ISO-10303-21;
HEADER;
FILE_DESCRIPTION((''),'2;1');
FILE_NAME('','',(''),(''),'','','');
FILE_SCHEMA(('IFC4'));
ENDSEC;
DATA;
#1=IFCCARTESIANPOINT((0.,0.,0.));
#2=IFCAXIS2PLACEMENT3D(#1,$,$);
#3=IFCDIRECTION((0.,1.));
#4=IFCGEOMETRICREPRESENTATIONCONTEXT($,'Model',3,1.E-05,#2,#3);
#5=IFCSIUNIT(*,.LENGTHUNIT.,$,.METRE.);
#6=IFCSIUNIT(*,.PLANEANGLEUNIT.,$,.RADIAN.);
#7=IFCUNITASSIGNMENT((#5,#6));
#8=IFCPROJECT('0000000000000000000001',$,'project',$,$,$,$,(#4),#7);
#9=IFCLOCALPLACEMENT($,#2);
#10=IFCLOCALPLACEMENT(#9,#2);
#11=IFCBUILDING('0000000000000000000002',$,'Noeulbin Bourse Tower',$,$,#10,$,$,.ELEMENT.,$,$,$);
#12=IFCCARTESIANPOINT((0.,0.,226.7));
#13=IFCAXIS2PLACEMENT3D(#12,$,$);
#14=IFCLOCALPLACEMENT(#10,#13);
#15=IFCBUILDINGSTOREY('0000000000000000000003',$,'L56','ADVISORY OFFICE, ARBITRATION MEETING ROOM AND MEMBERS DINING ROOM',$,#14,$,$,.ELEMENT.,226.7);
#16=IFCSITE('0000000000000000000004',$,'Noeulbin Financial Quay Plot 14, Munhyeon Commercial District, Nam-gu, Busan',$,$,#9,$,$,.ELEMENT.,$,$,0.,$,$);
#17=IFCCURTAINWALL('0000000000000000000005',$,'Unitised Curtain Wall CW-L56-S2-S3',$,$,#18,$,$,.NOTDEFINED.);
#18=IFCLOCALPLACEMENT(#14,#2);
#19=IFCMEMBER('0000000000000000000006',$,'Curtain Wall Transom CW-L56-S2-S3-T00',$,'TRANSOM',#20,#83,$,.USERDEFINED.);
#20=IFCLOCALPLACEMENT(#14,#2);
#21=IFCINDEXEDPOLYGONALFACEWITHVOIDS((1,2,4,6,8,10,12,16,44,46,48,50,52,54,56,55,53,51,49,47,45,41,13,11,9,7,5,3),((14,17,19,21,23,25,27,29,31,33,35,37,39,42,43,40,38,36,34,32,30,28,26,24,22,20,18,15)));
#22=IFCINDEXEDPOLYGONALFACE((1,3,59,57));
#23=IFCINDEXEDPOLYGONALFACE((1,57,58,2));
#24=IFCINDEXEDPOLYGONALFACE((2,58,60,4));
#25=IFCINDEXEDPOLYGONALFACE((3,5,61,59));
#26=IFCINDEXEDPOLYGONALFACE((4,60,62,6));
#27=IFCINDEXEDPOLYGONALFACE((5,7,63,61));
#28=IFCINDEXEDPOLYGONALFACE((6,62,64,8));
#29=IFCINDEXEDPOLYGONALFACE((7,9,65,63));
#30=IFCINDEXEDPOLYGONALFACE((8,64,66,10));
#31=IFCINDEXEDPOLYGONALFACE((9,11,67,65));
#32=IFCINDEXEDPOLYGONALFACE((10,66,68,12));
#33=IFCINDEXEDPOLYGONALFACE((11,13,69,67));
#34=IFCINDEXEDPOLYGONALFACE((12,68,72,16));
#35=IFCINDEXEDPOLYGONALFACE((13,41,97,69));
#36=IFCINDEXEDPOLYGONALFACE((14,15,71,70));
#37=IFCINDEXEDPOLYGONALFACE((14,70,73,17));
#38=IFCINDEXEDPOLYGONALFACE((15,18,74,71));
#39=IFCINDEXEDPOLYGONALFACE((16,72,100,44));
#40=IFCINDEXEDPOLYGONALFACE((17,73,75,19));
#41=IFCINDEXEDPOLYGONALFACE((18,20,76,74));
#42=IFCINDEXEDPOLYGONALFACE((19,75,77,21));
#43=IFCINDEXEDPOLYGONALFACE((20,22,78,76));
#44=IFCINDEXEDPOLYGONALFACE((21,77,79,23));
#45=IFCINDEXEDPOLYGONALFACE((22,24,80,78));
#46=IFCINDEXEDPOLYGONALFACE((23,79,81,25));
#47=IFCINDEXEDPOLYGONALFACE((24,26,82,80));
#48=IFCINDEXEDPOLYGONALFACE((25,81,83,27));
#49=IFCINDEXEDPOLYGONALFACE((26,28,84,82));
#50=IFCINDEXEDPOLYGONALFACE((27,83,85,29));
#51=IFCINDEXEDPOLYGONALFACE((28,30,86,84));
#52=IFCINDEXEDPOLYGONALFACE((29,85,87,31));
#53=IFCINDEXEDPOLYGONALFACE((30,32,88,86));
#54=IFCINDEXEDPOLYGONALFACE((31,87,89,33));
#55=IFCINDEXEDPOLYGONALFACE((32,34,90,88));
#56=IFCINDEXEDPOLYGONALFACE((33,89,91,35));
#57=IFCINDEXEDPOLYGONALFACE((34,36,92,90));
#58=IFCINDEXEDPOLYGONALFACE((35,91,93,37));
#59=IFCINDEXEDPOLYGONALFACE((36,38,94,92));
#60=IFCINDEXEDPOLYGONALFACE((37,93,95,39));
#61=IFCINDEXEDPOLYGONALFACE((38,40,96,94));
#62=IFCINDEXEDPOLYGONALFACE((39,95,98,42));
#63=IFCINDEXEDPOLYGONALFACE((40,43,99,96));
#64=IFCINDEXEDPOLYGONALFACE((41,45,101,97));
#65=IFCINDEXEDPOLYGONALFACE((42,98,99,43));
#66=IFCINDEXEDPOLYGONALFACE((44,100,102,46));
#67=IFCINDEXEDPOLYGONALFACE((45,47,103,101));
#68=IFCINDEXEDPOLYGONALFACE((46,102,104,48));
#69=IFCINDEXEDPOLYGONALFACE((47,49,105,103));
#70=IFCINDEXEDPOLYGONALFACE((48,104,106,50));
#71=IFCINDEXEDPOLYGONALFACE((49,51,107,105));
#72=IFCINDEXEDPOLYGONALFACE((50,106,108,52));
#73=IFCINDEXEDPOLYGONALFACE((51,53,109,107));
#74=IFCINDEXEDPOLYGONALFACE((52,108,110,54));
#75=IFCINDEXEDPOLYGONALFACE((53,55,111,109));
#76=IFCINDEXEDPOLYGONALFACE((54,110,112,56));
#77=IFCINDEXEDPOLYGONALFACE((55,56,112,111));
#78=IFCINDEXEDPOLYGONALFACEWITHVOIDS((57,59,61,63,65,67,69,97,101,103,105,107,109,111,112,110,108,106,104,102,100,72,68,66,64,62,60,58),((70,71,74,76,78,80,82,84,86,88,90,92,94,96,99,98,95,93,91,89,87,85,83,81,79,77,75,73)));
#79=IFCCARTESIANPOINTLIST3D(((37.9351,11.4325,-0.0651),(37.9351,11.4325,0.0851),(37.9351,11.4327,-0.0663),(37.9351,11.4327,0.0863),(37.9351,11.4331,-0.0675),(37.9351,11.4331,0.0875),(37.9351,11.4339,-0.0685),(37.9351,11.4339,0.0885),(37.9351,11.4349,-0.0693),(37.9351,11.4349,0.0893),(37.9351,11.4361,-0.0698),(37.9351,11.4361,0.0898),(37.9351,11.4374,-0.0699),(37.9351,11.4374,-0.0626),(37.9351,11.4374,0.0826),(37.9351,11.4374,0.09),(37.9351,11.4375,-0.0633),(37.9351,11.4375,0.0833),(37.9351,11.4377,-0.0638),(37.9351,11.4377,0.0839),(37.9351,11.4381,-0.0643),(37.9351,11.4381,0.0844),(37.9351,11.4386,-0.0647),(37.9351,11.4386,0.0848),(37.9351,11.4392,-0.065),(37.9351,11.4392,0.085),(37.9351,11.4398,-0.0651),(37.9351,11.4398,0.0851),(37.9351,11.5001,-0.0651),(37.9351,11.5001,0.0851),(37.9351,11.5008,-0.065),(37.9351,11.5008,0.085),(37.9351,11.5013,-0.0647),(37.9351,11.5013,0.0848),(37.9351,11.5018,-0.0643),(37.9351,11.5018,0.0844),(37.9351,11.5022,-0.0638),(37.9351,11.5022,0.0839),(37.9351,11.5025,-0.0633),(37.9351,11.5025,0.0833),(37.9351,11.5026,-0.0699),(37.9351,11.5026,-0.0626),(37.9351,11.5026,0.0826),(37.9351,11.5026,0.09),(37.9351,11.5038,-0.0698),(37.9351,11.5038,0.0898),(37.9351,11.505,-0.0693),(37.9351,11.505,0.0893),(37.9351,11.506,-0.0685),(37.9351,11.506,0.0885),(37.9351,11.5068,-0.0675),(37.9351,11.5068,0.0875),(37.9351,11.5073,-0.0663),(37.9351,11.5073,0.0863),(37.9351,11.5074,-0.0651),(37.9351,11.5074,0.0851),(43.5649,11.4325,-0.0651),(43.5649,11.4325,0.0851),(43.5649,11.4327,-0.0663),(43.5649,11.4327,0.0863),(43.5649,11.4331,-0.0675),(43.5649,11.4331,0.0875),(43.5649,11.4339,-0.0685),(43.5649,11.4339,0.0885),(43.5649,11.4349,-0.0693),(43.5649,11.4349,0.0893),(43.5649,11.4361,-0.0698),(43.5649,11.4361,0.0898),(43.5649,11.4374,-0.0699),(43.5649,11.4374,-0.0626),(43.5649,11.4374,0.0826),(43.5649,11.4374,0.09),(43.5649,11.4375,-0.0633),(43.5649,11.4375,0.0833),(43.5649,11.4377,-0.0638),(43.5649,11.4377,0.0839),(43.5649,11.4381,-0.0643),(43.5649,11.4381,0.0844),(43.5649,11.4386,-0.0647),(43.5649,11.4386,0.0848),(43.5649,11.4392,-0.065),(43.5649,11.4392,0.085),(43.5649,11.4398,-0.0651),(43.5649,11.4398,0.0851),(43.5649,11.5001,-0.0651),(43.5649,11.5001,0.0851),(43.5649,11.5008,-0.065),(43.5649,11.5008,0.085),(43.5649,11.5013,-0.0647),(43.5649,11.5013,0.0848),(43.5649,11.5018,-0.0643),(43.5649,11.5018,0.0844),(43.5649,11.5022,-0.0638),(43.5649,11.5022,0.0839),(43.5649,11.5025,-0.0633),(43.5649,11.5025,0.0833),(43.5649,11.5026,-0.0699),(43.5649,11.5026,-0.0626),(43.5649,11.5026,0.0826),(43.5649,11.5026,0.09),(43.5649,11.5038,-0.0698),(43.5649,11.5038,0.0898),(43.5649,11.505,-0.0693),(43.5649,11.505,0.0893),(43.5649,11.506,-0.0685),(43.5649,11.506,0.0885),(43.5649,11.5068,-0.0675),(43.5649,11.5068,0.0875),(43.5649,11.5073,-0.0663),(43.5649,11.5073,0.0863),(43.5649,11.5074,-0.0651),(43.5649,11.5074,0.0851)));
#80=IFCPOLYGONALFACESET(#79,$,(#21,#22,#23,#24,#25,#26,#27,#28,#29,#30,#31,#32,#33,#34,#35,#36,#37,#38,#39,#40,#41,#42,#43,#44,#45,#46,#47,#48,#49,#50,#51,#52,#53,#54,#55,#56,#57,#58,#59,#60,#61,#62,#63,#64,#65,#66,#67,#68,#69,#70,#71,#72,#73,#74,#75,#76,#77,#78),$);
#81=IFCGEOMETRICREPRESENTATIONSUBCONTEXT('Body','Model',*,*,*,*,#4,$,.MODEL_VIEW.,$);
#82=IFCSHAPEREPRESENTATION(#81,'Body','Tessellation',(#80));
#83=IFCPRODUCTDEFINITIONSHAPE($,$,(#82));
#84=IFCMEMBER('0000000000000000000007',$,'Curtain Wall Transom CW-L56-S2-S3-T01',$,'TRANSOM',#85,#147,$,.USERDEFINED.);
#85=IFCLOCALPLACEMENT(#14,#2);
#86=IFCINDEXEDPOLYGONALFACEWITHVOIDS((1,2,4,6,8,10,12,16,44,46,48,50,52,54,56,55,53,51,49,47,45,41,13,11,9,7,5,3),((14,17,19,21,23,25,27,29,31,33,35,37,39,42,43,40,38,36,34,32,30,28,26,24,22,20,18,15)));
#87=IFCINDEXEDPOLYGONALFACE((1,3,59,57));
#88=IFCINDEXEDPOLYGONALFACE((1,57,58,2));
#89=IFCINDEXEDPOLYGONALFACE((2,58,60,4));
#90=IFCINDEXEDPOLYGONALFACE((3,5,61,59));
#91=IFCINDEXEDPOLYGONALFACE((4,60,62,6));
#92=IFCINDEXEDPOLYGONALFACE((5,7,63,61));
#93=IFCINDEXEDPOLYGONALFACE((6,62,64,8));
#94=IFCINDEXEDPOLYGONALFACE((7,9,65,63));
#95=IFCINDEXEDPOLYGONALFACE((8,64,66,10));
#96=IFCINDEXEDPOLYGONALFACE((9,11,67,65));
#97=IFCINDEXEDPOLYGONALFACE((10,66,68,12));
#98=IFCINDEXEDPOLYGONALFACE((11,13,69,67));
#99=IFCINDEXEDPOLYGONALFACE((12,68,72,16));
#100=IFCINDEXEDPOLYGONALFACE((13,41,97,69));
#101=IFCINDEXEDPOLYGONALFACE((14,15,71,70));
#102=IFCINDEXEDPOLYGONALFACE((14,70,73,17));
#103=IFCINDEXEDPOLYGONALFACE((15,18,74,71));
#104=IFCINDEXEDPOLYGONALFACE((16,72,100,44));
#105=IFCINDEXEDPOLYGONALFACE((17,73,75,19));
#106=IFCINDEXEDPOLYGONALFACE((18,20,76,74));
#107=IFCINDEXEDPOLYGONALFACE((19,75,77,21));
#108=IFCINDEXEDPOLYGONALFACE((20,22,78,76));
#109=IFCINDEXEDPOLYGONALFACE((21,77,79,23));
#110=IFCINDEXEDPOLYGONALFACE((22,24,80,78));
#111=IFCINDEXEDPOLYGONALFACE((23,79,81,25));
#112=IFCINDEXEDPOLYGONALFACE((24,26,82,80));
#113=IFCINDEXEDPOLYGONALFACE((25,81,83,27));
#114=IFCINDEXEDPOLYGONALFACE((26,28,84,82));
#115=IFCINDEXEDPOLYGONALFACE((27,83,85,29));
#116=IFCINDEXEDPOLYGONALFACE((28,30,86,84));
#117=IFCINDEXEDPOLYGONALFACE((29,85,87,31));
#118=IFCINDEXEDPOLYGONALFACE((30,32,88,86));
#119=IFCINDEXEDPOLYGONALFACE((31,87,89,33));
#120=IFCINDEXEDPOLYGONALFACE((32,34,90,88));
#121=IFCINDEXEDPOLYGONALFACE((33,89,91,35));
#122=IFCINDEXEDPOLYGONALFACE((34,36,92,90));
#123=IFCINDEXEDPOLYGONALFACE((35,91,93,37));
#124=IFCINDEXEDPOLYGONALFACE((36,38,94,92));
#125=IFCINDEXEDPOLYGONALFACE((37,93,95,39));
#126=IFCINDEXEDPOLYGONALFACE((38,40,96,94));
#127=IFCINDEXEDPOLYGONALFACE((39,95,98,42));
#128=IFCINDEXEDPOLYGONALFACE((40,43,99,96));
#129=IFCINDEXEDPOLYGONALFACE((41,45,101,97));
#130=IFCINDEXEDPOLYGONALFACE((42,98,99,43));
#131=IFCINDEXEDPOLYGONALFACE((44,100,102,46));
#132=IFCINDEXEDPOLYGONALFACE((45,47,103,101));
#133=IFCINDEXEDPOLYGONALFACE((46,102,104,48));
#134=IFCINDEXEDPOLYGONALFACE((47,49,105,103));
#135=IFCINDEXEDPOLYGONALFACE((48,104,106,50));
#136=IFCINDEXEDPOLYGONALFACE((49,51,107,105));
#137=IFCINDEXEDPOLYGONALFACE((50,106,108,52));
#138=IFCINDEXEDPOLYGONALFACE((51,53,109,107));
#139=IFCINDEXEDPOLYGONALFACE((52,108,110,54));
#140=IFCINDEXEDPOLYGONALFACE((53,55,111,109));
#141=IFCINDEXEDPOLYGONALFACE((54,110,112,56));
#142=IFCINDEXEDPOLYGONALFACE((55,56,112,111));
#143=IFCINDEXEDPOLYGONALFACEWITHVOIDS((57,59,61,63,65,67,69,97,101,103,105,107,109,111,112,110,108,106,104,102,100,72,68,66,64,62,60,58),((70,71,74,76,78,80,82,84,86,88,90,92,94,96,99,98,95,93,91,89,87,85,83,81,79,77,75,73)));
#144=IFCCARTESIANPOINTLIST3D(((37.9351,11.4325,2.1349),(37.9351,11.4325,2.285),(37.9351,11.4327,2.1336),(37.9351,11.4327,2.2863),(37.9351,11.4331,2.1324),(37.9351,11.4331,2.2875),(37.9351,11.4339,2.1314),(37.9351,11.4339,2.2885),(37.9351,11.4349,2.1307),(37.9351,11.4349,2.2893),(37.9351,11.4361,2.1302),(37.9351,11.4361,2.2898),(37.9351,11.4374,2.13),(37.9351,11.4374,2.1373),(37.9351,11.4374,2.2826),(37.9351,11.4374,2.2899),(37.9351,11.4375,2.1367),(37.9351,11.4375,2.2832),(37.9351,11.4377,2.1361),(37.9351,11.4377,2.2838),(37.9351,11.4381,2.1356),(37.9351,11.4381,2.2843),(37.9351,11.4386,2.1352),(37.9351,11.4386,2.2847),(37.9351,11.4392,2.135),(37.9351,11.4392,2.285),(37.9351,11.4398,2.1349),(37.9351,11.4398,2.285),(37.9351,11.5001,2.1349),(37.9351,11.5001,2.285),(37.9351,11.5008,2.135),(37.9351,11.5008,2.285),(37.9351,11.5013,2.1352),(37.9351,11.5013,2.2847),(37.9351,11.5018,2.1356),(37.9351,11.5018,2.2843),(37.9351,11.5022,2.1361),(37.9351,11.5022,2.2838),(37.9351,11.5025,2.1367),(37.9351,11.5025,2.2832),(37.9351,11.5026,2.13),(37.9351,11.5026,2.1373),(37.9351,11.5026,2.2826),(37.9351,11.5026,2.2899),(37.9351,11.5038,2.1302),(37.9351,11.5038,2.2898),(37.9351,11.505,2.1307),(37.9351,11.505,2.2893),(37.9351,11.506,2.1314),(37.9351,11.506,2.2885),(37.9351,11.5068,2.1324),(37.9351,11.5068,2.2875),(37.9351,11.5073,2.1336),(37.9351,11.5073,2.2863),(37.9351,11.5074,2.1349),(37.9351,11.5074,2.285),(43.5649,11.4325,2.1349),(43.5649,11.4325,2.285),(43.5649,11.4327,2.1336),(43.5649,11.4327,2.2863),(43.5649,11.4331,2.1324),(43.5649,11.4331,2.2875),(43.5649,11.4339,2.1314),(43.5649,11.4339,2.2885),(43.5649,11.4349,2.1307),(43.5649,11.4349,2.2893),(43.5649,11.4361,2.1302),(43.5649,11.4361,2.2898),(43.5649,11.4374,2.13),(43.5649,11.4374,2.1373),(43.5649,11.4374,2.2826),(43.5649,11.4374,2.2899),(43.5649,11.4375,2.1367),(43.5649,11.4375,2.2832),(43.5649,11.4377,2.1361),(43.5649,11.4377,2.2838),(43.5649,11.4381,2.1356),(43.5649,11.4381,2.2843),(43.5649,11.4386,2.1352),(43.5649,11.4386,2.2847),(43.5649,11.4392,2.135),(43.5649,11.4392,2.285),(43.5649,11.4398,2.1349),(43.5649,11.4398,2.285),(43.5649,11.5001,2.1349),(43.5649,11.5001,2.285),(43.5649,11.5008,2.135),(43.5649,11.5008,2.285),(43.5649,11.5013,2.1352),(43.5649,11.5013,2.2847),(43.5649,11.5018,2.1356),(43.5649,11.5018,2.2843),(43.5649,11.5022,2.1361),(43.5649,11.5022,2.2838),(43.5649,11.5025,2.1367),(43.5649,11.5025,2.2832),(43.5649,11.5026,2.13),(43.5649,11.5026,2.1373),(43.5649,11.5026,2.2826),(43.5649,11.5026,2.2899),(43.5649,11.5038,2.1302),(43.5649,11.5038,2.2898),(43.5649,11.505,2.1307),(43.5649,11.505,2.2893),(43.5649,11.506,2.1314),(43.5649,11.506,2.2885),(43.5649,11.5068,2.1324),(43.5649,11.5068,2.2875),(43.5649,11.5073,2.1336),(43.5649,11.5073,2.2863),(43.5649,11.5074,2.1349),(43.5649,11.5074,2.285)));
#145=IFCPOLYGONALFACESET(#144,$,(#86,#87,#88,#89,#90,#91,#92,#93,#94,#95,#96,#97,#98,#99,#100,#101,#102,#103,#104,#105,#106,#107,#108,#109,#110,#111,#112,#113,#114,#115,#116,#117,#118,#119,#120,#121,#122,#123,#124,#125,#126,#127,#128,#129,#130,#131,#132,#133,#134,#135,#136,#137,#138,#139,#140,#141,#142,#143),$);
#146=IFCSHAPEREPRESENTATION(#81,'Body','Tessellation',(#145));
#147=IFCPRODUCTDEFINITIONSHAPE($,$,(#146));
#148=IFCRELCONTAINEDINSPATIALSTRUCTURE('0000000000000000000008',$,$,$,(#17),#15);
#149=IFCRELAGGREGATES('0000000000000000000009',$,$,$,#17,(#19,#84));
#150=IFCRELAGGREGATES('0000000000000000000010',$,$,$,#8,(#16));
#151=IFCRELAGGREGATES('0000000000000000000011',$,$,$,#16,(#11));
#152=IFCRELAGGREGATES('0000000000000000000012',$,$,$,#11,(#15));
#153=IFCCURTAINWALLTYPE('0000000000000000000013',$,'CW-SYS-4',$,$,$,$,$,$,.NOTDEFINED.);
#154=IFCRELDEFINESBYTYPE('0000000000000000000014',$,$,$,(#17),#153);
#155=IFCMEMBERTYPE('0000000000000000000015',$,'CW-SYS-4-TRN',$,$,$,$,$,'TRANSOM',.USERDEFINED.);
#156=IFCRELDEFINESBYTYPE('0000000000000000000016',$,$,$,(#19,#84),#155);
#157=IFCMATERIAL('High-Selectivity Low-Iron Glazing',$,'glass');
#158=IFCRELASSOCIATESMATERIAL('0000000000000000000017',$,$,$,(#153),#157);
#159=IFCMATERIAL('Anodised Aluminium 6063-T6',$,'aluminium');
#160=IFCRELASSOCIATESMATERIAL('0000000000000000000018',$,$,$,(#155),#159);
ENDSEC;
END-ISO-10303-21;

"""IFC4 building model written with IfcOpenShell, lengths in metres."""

from ifc_helpers import new_model, si_unit, direction, frame, origin, origin_2d, place, context, subcontext, project, spatial, hollow_rectangle, extrude, material, material_profile, profile_set, type_object, element, aggregate, save


model = new_model("IFC4")

# Units and contexts
model_context = context("Model", 3, precision=1e-05, world=origin(), true_north=direction((0.0, 1.0)))
body_context = subcontext(model_context, "Body", "Model", "MODEL_VIEW")
ifc_project = project(units=[si_unit("LENGTHUNIT", "METRE"), si_unit("PLANEANGLEUNIT", "RADIAN")], contexts=[model_context])

# Site, building, storey
site_placement = place(None, origin())
site = spatial("IfcSite", under=ifc_project, at=site_placement, Name="Noeulbin Financial Quay Plot 14, Munhyeon Commercial District, Nam-gu, Busan", CompositionType="ELEMENT", RefElevation=0.0)
building_placement = place(site_placement, origin())
building = spatial("IfcBuilding", under=site, at=building_placement, Name="Noeulbin Bourse Tower", CompositionType="ELEMENT")
storey_placement = place(building_placement, frame((0.0, 0.0, 226.7)))
storey = spatial("IfcBuildingStorey", under=building, at=storey_placement, Name="L56", Description="ADVISORY OFFICE, ARBITRATION MEETING ROOM AND MEMBERS DINING ROOM", CompositionType="ELEMENT", Elevation=226.7)

# Curtain wall
ifc_material_1 = material(Name="High-Selectivity Low-Iron Glazing", Category="glass")
curtain_wall_type = type_object("IfcCurtainWallType", Name="CW-SYS-4", PredefinedType="NOTDEFINED", material=ifc_material_1)
curtain_wall_1_placement = place(storey_placement, origin())
curtain_wall_1 = element("IfcCurtainWall", 1, at=curtain_wall_1_placement, inside=storey, type_object=curtain_wall_type, Name="Unitised Curtain Wall CW-L56-S2-S3", PredefinedType="NOTDEFINED")
ifc_material_2 = material(Name="Anodised Aluminium 6063-T6", Category="aluminium")

# Members
ifc_material_profile_1 = material_profile(ifc_material_2, hollow_rectangle(XDim=0.075, YDim=0.1599, WallThickness=0.0049, InnerFilletRadius=0.0024, OuterFilletRadius=0.0049, at=origin_2d()), Name="ALU-TRAN-75x160x5", Category="LoadBearing")
ifc_profile_set_1 = profile_set([ifc_material_profile_1], Name="Anodised Aluminium 6063-T6")
member_type_1 = type_object("IfcMemberType", Name="CW-SYS-4-TRN", ElementType="TRANSOM", PredefinedType="USERDEFINED", material=ifc_profile_set_1)
member_1_placement = place(storey_placement, frame((37.9351, 11.47, 0.01), z_axis=(1.0, 0.0, 0.0), x_axis=(0.0, 1.0, 0.0)))
member_1 = element("IfcMember", 2, at=member_1_placement, type_object=member_type_1, Name="Curtain Wall Transom CW-L56-S2-S3-T00", ObjectType="TRANSOM", PredefinedType="USERDEFINED", context=body_context, shape_type="SweptSolid", body=[
    extrude(hollow_rectangle(XDim=0.075, YDim=0.1599, WallThickness=0.0049, InnerFilletRadius=0.0024, OuterFilletRadius=0.0049, at=origin_2d()), origin(), (0.0, 0.0, 1.0), 5.6299),
])
member_2_placement = place(storey_placement, frame((37.9351, 11.47, 2.21), z_axis=(1.0, 0.0, 0.0), x_axis=(0.0, 1.0, 0.0)))
member_2 = element("IfcMember", 3, at=member_2_placement, type_object=member_type_1, Name="Curtain Wall Transom CW-L56-S2-S3-T01", ObjectType="TRANSOM", PredefinedType="USERDEFINED", context=body_context, shape_type="SweptSolid", body=[
    extrude(hollow_rectangle(XDim=0.075, YDim=0.1599, WallThickness=0.0049, InnerFilletRadius=0.0024, OuterFilletRadius=0.0049, at=origin_2d()), origin(), (0.0, 0.0, 1.0), 5.6299),
])

aggregate(curtain_wall_1, [member_1, member_2])

save(model, "model.ifc")
